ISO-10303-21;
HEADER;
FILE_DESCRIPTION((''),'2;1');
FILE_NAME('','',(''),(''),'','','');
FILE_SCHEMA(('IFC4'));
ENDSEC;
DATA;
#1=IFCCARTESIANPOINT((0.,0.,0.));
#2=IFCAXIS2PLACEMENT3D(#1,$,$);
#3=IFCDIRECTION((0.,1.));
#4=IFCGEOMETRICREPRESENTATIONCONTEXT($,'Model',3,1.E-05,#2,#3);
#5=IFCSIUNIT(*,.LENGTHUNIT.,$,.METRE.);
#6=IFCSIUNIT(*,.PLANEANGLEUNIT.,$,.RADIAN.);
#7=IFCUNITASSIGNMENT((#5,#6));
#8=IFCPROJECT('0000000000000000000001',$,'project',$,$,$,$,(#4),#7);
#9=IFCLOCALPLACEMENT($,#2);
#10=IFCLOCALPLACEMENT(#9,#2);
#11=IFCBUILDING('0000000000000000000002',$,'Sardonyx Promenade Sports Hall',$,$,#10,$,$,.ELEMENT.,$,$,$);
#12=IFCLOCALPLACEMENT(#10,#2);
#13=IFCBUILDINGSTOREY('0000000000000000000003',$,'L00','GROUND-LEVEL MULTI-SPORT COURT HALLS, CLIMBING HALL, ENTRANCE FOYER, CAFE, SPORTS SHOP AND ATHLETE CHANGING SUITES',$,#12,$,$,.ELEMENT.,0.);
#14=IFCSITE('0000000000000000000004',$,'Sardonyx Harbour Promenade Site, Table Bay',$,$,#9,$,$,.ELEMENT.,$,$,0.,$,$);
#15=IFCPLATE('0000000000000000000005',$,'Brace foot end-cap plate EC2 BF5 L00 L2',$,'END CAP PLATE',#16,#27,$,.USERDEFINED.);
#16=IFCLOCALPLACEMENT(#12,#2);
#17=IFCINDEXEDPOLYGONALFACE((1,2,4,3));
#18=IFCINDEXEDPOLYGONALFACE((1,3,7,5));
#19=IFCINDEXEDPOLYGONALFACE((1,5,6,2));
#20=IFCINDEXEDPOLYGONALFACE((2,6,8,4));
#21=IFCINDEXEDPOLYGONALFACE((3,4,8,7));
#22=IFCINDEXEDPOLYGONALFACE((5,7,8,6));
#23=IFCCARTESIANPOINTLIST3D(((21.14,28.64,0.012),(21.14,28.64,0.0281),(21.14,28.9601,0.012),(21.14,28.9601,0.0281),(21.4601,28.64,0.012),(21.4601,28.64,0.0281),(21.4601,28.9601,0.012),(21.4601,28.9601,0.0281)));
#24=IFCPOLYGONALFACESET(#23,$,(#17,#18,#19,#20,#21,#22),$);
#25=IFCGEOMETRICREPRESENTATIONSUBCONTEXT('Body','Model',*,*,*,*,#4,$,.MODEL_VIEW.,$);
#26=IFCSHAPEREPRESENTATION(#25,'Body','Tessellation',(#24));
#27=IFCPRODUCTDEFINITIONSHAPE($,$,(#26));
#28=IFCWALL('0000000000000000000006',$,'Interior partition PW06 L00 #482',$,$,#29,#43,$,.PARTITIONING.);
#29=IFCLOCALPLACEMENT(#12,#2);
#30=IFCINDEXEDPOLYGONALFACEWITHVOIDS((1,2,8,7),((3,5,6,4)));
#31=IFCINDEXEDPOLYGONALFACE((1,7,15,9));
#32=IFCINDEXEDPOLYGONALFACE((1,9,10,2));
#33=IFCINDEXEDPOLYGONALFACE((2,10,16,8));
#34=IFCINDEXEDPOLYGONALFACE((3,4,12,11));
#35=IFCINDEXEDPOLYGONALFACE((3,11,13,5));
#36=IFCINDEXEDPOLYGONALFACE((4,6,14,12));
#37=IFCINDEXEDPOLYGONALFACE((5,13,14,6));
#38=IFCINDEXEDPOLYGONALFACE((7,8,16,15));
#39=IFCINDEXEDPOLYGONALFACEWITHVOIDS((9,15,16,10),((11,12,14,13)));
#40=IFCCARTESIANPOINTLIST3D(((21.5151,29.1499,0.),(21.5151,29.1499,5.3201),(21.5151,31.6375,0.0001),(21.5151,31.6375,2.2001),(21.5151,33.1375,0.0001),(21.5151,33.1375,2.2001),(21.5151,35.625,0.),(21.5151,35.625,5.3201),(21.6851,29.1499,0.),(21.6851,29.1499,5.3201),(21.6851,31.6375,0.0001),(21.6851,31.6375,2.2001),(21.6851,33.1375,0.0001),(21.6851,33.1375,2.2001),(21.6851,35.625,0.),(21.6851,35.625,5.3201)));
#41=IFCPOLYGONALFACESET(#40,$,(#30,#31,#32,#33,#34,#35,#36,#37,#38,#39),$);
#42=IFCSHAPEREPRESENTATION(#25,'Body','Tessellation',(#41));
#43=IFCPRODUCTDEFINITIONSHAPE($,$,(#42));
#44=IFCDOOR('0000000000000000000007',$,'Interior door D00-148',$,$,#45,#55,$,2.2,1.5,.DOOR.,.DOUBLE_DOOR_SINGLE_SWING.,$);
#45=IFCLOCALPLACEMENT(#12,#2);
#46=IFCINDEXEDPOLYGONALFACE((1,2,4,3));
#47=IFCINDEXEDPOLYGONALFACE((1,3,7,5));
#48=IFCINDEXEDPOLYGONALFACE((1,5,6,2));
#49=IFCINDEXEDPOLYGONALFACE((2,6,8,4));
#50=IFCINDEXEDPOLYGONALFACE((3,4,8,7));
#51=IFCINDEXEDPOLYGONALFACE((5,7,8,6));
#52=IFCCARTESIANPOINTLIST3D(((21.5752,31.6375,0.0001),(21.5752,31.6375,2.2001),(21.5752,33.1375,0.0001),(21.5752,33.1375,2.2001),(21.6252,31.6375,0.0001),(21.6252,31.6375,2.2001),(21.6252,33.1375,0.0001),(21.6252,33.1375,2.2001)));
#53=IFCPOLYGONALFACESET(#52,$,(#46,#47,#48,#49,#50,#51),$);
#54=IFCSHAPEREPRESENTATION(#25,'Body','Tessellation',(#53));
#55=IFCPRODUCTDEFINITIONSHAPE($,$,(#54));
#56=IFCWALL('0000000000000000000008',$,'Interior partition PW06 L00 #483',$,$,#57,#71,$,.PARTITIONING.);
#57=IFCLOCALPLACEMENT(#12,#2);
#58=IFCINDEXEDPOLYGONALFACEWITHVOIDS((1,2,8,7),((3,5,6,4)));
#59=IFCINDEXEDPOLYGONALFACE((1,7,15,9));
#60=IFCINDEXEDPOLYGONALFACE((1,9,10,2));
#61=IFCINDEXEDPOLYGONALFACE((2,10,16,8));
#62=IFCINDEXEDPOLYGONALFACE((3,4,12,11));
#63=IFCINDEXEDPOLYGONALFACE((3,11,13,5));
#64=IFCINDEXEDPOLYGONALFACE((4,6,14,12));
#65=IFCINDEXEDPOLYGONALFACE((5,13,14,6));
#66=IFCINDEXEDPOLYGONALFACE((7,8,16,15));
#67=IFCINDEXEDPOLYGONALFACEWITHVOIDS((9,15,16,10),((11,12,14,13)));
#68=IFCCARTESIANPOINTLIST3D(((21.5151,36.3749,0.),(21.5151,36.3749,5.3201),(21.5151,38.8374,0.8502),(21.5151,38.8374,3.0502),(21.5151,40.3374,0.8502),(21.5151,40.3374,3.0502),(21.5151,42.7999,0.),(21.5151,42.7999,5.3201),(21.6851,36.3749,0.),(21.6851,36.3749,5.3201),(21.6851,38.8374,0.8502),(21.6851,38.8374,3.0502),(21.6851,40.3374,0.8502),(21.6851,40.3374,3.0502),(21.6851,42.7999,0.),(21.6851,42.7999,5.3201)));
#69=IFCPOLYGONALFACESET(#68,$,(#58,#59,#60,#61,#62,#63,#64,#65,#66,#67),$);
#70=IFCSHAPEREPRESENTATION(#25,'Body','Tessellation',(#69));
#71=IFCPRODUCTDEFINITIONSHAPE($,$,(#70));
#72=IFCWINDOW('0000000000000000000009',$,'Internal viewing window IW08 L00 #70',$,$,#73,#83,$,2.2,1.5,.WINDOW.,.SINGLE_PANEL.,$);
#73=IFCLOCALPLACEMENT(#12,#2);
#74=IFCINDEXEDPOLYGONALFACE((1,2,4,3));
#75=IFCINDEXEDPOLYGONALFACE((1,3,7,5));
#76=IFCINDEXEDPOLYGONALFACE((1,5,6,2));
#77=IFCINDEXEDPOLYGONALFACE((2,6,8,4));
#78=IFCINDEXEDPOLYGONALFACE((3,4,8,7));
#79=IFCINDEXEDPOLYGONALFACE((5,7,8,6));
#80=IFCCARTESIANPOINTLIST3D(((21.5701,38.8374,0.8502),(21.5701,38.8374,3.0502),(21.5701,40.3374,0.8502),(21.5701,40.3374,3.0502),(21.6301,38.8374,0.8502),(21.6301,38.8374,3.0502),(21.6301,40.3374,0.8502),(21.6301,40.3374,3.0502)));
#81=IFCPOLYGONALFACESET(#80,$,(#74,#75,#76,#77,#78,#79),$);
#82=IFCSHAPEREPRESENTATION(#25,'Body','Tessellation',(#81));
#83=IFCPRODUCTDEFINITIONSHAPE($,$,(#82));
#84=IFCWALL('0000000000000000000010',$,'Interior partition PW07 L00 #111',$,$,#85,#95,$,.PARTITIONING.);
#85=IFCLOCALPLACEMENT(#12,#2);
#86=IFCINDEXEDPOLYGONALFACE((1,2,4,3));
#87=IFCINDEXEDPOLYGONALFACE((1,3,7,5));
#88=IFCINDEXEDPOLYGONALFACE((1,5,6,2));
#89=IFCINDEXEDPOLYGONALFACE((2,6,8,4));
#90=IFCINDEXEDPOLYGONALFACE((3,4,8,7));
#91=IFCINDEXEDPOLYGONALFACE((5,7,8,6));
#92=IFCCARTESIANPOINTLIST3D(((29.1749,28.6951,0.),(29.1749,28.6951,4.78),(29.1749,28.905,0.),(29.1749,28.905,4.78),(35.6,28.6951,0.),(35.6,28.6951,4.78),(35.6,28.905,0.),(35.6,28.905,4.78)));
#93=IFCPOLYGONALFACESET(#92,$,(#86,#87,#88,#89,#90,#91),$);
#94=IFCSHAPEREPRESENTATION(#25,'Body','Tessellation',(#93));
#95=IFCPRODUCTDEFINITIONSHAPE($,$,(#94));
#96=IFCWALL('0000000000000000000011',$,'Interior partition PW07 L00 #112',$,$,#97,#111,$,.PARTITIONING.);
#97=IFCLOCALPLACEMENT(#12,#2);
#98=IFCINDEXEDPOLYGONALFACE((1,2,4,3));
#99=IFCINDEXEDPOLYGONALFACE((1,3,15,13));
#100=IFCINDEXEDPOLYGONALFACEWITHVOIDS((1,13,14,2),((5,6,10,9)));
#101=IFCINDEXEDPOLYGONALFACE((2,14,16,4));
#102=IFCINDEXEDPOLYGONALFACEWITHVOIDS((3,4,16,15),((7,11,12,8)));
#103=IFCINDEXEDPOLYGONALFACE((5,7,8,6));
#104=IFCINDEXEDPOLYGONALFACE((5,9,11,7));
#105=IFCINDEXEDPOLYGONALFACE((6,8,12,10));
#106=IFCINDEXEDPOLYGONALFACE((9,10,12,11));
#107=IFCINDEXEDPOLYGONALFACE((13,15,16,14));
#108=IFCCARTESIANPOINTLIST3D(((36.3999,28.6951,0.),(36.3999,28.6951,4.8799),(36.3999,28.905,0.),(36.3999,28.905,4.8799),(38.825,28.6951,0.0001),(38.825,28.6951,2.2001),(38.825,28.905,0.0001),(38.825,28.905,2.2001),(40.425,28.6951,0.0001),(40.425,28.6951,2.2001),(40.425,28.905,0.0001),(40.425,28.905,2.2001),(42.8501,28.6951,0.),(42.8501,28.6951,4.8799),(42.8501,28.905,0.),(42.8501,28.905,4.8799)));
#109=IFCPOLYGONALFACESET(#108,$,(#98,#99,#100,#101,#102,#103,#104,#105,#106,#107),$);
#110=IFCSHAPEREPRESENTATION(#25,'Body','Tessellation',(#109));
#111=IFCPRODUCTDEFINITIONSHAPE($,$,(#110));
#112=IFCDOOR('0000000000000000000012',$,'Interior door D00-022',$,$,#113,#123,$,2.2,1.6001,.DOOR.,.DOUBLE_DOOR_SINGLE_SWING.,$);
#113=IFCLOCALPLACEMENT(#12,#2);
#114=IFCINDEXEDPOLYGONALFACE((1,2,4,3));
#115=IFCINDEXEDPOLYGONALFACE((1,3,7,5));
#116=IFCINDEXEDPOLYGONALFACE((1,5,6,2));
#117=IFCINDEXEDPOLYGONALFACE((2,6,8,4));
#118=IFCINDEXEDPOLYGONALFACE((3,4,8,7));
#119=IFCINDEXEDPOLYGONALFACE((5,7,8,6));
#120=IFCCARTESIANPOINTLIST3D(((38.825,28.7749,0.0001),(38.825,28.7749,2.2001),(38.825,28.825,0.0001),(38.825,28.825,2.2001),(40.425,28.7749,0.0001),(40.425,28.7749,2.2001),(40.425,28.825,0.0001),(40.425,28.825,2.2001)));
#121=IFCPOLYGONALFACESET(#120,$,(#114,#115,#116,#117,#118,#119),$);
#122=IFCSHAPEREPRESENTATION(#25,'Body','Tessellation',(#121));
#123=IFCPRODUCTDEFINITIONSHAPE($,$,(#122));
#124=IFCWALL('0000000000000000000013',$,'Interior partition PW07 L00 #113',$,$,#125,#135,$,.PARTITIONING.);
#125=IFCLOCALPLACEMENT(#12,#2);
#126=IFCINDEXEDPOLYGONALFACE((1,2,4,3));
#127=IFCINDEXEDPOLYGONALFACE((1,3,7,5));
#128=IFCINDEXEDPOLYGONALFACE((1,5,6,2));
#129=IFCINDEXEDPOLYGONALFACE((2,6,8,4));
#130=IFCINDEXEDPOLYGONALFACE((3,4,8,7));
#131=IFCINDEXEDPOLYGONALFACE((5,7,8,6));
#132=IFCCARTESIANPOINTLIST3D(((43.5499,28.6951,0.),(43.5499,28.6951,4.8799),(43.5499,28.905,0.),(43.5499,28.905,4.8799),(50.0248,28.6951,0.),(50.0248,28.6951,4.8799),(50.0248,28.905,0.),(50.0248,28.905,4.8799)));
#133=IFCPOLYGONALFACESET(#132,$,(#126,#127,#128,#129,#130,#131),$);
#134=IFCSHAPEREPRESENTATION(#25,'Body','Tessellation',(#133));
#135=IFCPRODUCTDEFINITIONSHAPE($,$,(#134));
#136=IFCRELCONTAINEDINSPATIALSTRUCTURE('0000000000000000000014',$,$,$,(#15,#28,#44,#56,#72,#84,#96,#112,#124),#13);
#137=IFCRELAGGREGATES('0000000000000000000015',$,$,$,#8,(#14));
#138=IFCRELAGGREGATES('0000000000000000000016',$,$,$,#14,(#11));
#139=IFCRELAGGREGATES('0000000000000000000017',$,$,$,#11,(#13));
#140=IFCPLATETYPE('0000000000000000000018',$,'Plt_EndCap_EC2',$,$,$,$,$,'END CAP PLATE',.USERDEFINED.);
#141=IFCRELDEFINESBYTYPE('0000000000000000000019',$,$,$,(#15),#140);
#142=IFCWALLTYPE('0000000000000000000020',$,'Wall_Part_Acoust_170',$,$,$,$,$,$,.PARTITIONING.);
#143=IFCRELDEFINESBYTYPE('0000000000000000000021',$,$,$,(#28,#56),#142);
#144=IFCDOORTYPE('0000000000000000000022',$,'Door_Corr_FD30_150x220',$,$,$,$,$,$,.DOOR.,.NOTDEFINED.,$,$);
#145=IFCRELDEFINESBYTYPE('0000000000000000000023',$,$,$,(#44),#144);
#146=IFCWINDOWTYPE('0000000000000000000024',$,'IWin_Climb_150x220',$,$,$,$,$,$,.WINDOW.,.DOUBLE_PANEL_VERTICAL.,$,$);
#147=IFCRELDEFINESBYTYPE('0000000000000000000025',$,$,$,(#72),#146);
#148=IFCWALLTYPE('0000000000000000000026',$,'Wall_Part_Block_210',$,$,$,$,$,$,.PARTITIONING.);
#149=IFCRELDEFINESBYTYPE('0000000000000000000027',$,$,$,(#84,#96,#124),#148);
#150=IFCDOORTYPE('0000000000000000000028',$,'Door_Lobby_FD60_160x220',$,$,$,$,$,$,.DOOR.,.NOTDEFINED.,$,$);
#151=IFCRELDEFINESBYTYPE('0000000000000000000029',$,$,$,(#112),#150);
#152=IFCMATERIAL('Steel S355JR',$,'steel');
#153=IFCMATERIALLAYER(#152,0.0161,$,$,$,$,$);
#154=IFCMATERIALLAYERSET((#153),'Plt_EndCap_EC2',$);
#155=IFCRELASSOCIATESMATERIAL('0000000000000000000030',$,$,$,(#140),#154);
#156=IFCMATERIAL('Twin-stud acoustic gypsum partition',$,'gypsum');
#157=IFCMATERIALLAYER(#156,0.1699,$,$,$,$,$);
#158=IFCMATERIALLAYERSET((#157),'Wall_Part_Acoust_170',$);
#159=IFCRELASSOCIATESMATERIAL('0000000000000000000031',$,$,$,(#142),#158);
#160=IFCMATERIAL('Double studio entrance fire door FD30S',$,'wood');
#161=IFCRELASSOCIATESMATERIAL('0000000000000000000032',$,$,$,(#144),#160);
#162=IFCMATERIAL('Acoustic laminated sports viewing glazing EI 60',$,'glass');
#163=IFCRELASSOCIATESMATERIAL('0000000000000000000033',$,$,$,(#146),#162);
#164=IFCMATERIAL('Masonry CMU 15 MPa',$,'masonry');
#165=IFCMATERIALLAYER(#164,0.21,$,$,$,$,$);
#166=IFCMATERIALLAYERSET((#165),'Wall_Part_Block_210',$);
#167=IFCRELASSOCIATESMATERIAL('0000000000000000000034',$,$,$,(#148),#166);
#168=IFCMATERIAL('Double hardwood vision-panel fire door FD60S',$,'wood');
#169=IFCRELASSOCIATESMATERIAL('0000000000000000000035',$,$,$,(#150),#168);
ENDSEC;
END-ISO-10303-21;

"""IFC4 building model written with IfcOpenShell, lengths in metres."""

from ifc_helpers import new_model, si_unit, direction, frame, frame_2d, origin, origin_2d, place, context, subcontext, project, spatial, rectangle, extrude, material, layer, layer_set, type_object, element, fill, save


model = new_model("IFC4")

# Units and contexts
model_context = context("Model", 3, precision=1e-05, world=origin(), true_north=direction((0.0, 1.0)))
body_context = subcontext(model_context, "Body", "Model", "MODEL_VIEW")
ifc_project = project(units=[si_unit("LENGTHUNIT", "METRE"), si_unit("PLANEANGLEUNIT", "RADIAN")], contexts=[model_context])

# Site, building, storey
site_placement = place(None, origin())
site = spatial("IfcSite", under=ifc_project, at=site_placement, Name="Sardonyx Harbour Promenade Site, Table Bay", CompositionType="ELEMENT", RefElevation=0.0)
building_placement = place(site_placement, origin())
building = spatial("IfcBuilding", under=site, at=building_placement, Name="Sardonyx Promenade Sports Hall", CompositionType="ELEMENT")
storey_placement = place(building_placement, origin())
storey = spatial("IfcBuildingStorey", under=building, at=storey_placement, Name="L00", Description="GROUND-LEVEL MULTI-SPORT COURT HALLS, CLIMBING HALL, ENTRANCE FOYER, CAFE, SPORTS SHOP AND ATHLETE CHANGING SUITES", CompositionType="ELEMENT", Elevation=0.0)

# Plate
ifc_material_1 = material(Name="Steel S355JR", Category="steel")
ifc_layer_1 = layer(ifc_material_1, 0.0161)
ifc_layer_set_1 = layer_set([ifc_layer_1], Name="Plt_EndCap_EC2")
plate_type = type_object("IfcPlateType", Name="Plt_EndCap_EC2", ElementType="END CAP PLATE", PredefinedType="USERDEFINED", material=ifc_layer_set_1)
plate_placement = place(storey_placement, frame((21.3, 28.8, 0.012), z_axis=(0.0, 0.0, 1.0), x_axis=(1.0, 0.0, 0.0)))
element("IfcPlate", 1, at=plate_placement, inside=storey, type_object=plate_type, Name="Brace foot end-cap plate EC2 BF5 L00 L2", ObjectType="END CAP PLATE", PredefinedType="USERDEFINED", context=body_context, shape_type="SweptSolid", body=[
    extrude(rectangle(XDim=0.3201, YDim=0.3201, at=origin_2d()), origin(), (0.0, 0.0, 1.0), 0.0161),
])

# Wall, opening, door
ifc_material_2 = material(Name="Twin-stud acoustic gypsum partition", Category="gypsum")
ifc_layer_2 = layer(ifc_material_2, 0.1699)
ifc_layer_set_2 = layer_set([ifc_layer_2], Name="Wall_Part_Acoust_170")
wall_type_1 = type_object("IfcWallType", Name="Wall_Part_Acoust_170", PredefinedType="PARTITIONING", material=ifc_layer_set_2)
wall_1_placement = place(storey_placement, frame((21.6001, 29.1499, 0.0), z_axis=(0.0, 0.0, 1.0), x_axis=(0.0, 1.0, 0.0)))
wall_1 = element("IfcWall", 2, at=wall_1_placement, inside=storey, type_object=wall_type_1, Name="Interior partition PW06 L00 #482", PredefinedType="PARTITIONING", context=body_context, shape_type="SweptSolid", body=[
    extrude(rectangle(XDim=6.4751, YDim=0.1699, at=frame_2d((3.2375, 0.0))), origin(), (0.0, 0.0, 1.0), 5.3201),
])
opening_1_placement = place(wall_1_placement, frame((2.4875, 0.0, 0.0)))
opening_1 = element("IfcOpeningElement", 3, at=opening_1_placement, cuts=wall_1, PredefinedType="OPENING", context=body_context, shape_type="SweptSolid", body=[
    extrude(rectangle(XDim=1.5, YDim=2.2, at=frame_2d((0.75, 1.1001))), frame((0.0, 0.095, 0.0), z_axis=(0.0, -1.0, 0.0), x_axis=(1.0, 0.0, 0.0)), (0.0, 0.0, 1.0), 0.19),
])
ifc_material_3 = material(Name="Double studio entrance fire door FD30S", Category="wood")
door_type_1 = type_object("IfcDoorType", Name="Door_Corr_FD30_150x220", OperationType="NOTDEFINED", PredefinedType="DOOR", material=ifc_material_3)
door_1_placement = place(opening_1_placement, origin())
door_1 = element("IfcDoor", 4, at=door_1_placement, inside=storey, type_object=door_type_1, Name="Interior door D00-148", OperationType="DOUBLE_DOOR_SINGLE_SWING", OverallHeight=2.2, OverallWidth=1.5, PredefinedType="DOOR", context=body_context, shape_type="SweptSolid", body=[
    extrude(rectangle(XDim=1.5, YDim=2.2, at=frame_2d((0.75, 1.1001))), frame((0.0, 0.0249, 0.0), z_axis=(0.0, -1.0, 0.0), x_axis=(1.0, 0.0, 0.0)), (0.0, 0.0, 1.0), 0.05),
])
fill(opening_1, door_1)

# Wall, opening, window
wall_2_placement = place(storey_placement, frame((21.6001, 36.375, 0.0), z_axis=(0.0, 0.0, 1.0), x_axis=(0.0, 1.0, 0.0)))
wall_2 = element("IfcWall", 5, at=wall_2_placement, inside=storey, type_object=wall_type_1, Name="Interior partition PW06 L00 #483", PredefinedType="PARTITIONING", context=body_context, shape_type="SweptSolid", body=[
    extrude(rectangle(XDim=6.425, YDim=0.1699, at=frame_2d((3.2124, 0.0))), origin(), (0.0, 0.0, 1.0), 5.3201),
])
opening_2_placement = place(wall_2_placement, frame((2.4624, 0.0, 0.8501)))
opening_2 = element("IfcOpeningElement", 6, at=opening_2_placement, cuts=wall_2, PredefinedType="OPENING", context=body_context, shape_type="SweptSolid", body=[
    extrude(rectangle(XDim=1.5, YDim=2.2, at=frame_2d((0.75, 1.1001))), frame((0.0, 0.095, 0.0), z_axis=(0.0, -1.0, 0.0), x_axis=(1.0, 0.0, 0.0)), (0.0, 0.0, 1.0), 0.19),
])
ifc_material_4 = material(Name="Acoustic laminated sports viewing glazing EI 60", Category="glass")
window_type = type_object("IfcWindowType", Name="IWin_Climb_150x220", PartitioningType="DOUBLE_PANEL_VERTICAL", PredefinedType="WINDOW", material=ifc_material_4)
window_placement = place(opening_2_placement, origin())
window = element("IfcWindow", 7, at=window_placement, inside=storey, type_object=window_type, Name="Internal viewing window IW08 L00 #70", OverallHeight=2.2, OverallWidth=1.5, PartitioningType="SINGLE_PANEL", PredefinedType="WINDOW", context=body_context, shape_type="SweptSolid", body=[
    extrude(rectangle(XDim=1.5, YDim=2.2, at=frame_2d((0.75, 1.1001))), frame((0.0, 0.03, 0.0), z_axis=(0.0, -1.0, 0.0), x_axis=(1.0, 0.0, 0.0)), (0.0, 0.0, 1.0), 0.0601),
])
fill(opening_2, window)

# Wall
ifc_material_5 = material(Name="Masonry CMU 15 MPa", Category="masonry")
ifc_layer_3 = layer(ifc_material_5, 0.21)
ifc_layer_set_3 = layer_set([ifc_layer_3], Name="Wall_Part_Block_210")
wall_type_2 = type_object("IfcWallType", Name="Wall_Part_Block_210", PredefinedType="PARTITIONING", material=ifc_layer_set_3)
wall_3_placement = place(storey_placement, frame((29.175, 28.8, 0.0), z_axis=(0.0, 0.0, 1.0), x_axis=(1.0, 0.0, 0.0)))
element("IfcWall", 8, at=wall_3_placement, inside=storey, type_object=wall_type_2, Name="Interior partition PW07 L00 #111", PredefinedType="PARTITIONING", context=body_context, shape_type="SweptSolid", body=[
    extrude(rectangle(XDim=6.425, YDim=0.21, at=frame_2d((3.2124, 0.0))), origin(), (0.0, 0.0, 1.0), 4.78),
])

# Wall, opening, door
wall_4_placement = place(storey_placement, frame((36.3999, 28.8, 0.0), z_axis=(0.0, 0.0, 1.0), x_axis=(1.0, 0.0, 0.0)))
wall_4 = element("IfcWall", 9, at=wall_4_placement, inside=storey, type_object=wall_type_2, Name="Interior partition PW07 L00 #112", PredefinedType="PARTITIONING", context=body_context, shape_type="SweptSolid", body=[
    extrude(rectangle(XDim=6.4502, YDim=0.21, at=frame_2d((3.2251, 0.0))), origin(), (0.0, 0.0, 1.0), 4.8799),
])
opening_3_placement = place(wall_4_placement, frame((2.425, 0.0, 0.0)))
opening_3 = element("IfcOpeningElement", 10, at=opening_3_placement, cuts=wall_4, PredefinedType="OPENING", context=body_context, shape_type="SweptSolid", body=[
    extrude(rectangle(XDim=1.6001, YDim=2.2, at=frame_2d((0.8, 1.1001))), frame((0.0, 0.115, 0.0), z_axis=(0.0, -1.0, 0.0), x_axis=(1.0, 0.0, 0.0)), (0.0, 0.0, 1.0), 0.23),
])
ifc_material_6 = material(Name="Double hardwood vision-panel fire door FD60S", Category="wood")
door_type_2 = type_object("IfcDoorType", Name="Door_Lobby_FD60_160x220", OperationType="NOTDEFINED", PredefinedType="DOOR", material=ifc_material_6)
door_2_placement = place(opening_3_placement, origin())
door_2 = element("IfcDoor", 11, at=door_2_placement, inside=storey, type_object=door_type_2, Name="Interior door D00-022", OperationType="DOUBLE_DOOR_SINGLE_SWING", OverallHeight=2.2, OverallWidth=1.6001, PredefinedType="DOOR", context=body_context, shape_type="SweptSolid", body=[
    extrude(rectangle(XDim=1.6001, YDim=2.2, at=frame_2d((0.8, 1.1001))), frame((0.0, 0.0249, 0.0), z_axis=(0.0, -1.0, 0.0), x_axis=(1.0, 0.0, 0.0)), (0.0, 0.0, 1.0), 0.05),
])
fill(opening_3, door_2)

# Wall
wall_5_placement = place(storey_placement, frame((43.55, 28.8, 0.0), z_axis=(0.0, 0.0, 1.0), x_axis=(1.0, 0.0, 0.0)))
element("IfcWall", 12, at=wall_5_placement, inside=storey, type_object=wall_type_2, Name="Interior partition PW07 L00 #113", PredefinedType="PARTITIONING", context=body_context, shape_type="SweptSolid", body=[
    extrude(rectangle(XDim=6.4749, YDim=0.21, at=frame_2d((3.2373, 0.0))), origin(), (0.0, 0.0, 1.0), 4.8799),
])

save(model, "model.ifc")
